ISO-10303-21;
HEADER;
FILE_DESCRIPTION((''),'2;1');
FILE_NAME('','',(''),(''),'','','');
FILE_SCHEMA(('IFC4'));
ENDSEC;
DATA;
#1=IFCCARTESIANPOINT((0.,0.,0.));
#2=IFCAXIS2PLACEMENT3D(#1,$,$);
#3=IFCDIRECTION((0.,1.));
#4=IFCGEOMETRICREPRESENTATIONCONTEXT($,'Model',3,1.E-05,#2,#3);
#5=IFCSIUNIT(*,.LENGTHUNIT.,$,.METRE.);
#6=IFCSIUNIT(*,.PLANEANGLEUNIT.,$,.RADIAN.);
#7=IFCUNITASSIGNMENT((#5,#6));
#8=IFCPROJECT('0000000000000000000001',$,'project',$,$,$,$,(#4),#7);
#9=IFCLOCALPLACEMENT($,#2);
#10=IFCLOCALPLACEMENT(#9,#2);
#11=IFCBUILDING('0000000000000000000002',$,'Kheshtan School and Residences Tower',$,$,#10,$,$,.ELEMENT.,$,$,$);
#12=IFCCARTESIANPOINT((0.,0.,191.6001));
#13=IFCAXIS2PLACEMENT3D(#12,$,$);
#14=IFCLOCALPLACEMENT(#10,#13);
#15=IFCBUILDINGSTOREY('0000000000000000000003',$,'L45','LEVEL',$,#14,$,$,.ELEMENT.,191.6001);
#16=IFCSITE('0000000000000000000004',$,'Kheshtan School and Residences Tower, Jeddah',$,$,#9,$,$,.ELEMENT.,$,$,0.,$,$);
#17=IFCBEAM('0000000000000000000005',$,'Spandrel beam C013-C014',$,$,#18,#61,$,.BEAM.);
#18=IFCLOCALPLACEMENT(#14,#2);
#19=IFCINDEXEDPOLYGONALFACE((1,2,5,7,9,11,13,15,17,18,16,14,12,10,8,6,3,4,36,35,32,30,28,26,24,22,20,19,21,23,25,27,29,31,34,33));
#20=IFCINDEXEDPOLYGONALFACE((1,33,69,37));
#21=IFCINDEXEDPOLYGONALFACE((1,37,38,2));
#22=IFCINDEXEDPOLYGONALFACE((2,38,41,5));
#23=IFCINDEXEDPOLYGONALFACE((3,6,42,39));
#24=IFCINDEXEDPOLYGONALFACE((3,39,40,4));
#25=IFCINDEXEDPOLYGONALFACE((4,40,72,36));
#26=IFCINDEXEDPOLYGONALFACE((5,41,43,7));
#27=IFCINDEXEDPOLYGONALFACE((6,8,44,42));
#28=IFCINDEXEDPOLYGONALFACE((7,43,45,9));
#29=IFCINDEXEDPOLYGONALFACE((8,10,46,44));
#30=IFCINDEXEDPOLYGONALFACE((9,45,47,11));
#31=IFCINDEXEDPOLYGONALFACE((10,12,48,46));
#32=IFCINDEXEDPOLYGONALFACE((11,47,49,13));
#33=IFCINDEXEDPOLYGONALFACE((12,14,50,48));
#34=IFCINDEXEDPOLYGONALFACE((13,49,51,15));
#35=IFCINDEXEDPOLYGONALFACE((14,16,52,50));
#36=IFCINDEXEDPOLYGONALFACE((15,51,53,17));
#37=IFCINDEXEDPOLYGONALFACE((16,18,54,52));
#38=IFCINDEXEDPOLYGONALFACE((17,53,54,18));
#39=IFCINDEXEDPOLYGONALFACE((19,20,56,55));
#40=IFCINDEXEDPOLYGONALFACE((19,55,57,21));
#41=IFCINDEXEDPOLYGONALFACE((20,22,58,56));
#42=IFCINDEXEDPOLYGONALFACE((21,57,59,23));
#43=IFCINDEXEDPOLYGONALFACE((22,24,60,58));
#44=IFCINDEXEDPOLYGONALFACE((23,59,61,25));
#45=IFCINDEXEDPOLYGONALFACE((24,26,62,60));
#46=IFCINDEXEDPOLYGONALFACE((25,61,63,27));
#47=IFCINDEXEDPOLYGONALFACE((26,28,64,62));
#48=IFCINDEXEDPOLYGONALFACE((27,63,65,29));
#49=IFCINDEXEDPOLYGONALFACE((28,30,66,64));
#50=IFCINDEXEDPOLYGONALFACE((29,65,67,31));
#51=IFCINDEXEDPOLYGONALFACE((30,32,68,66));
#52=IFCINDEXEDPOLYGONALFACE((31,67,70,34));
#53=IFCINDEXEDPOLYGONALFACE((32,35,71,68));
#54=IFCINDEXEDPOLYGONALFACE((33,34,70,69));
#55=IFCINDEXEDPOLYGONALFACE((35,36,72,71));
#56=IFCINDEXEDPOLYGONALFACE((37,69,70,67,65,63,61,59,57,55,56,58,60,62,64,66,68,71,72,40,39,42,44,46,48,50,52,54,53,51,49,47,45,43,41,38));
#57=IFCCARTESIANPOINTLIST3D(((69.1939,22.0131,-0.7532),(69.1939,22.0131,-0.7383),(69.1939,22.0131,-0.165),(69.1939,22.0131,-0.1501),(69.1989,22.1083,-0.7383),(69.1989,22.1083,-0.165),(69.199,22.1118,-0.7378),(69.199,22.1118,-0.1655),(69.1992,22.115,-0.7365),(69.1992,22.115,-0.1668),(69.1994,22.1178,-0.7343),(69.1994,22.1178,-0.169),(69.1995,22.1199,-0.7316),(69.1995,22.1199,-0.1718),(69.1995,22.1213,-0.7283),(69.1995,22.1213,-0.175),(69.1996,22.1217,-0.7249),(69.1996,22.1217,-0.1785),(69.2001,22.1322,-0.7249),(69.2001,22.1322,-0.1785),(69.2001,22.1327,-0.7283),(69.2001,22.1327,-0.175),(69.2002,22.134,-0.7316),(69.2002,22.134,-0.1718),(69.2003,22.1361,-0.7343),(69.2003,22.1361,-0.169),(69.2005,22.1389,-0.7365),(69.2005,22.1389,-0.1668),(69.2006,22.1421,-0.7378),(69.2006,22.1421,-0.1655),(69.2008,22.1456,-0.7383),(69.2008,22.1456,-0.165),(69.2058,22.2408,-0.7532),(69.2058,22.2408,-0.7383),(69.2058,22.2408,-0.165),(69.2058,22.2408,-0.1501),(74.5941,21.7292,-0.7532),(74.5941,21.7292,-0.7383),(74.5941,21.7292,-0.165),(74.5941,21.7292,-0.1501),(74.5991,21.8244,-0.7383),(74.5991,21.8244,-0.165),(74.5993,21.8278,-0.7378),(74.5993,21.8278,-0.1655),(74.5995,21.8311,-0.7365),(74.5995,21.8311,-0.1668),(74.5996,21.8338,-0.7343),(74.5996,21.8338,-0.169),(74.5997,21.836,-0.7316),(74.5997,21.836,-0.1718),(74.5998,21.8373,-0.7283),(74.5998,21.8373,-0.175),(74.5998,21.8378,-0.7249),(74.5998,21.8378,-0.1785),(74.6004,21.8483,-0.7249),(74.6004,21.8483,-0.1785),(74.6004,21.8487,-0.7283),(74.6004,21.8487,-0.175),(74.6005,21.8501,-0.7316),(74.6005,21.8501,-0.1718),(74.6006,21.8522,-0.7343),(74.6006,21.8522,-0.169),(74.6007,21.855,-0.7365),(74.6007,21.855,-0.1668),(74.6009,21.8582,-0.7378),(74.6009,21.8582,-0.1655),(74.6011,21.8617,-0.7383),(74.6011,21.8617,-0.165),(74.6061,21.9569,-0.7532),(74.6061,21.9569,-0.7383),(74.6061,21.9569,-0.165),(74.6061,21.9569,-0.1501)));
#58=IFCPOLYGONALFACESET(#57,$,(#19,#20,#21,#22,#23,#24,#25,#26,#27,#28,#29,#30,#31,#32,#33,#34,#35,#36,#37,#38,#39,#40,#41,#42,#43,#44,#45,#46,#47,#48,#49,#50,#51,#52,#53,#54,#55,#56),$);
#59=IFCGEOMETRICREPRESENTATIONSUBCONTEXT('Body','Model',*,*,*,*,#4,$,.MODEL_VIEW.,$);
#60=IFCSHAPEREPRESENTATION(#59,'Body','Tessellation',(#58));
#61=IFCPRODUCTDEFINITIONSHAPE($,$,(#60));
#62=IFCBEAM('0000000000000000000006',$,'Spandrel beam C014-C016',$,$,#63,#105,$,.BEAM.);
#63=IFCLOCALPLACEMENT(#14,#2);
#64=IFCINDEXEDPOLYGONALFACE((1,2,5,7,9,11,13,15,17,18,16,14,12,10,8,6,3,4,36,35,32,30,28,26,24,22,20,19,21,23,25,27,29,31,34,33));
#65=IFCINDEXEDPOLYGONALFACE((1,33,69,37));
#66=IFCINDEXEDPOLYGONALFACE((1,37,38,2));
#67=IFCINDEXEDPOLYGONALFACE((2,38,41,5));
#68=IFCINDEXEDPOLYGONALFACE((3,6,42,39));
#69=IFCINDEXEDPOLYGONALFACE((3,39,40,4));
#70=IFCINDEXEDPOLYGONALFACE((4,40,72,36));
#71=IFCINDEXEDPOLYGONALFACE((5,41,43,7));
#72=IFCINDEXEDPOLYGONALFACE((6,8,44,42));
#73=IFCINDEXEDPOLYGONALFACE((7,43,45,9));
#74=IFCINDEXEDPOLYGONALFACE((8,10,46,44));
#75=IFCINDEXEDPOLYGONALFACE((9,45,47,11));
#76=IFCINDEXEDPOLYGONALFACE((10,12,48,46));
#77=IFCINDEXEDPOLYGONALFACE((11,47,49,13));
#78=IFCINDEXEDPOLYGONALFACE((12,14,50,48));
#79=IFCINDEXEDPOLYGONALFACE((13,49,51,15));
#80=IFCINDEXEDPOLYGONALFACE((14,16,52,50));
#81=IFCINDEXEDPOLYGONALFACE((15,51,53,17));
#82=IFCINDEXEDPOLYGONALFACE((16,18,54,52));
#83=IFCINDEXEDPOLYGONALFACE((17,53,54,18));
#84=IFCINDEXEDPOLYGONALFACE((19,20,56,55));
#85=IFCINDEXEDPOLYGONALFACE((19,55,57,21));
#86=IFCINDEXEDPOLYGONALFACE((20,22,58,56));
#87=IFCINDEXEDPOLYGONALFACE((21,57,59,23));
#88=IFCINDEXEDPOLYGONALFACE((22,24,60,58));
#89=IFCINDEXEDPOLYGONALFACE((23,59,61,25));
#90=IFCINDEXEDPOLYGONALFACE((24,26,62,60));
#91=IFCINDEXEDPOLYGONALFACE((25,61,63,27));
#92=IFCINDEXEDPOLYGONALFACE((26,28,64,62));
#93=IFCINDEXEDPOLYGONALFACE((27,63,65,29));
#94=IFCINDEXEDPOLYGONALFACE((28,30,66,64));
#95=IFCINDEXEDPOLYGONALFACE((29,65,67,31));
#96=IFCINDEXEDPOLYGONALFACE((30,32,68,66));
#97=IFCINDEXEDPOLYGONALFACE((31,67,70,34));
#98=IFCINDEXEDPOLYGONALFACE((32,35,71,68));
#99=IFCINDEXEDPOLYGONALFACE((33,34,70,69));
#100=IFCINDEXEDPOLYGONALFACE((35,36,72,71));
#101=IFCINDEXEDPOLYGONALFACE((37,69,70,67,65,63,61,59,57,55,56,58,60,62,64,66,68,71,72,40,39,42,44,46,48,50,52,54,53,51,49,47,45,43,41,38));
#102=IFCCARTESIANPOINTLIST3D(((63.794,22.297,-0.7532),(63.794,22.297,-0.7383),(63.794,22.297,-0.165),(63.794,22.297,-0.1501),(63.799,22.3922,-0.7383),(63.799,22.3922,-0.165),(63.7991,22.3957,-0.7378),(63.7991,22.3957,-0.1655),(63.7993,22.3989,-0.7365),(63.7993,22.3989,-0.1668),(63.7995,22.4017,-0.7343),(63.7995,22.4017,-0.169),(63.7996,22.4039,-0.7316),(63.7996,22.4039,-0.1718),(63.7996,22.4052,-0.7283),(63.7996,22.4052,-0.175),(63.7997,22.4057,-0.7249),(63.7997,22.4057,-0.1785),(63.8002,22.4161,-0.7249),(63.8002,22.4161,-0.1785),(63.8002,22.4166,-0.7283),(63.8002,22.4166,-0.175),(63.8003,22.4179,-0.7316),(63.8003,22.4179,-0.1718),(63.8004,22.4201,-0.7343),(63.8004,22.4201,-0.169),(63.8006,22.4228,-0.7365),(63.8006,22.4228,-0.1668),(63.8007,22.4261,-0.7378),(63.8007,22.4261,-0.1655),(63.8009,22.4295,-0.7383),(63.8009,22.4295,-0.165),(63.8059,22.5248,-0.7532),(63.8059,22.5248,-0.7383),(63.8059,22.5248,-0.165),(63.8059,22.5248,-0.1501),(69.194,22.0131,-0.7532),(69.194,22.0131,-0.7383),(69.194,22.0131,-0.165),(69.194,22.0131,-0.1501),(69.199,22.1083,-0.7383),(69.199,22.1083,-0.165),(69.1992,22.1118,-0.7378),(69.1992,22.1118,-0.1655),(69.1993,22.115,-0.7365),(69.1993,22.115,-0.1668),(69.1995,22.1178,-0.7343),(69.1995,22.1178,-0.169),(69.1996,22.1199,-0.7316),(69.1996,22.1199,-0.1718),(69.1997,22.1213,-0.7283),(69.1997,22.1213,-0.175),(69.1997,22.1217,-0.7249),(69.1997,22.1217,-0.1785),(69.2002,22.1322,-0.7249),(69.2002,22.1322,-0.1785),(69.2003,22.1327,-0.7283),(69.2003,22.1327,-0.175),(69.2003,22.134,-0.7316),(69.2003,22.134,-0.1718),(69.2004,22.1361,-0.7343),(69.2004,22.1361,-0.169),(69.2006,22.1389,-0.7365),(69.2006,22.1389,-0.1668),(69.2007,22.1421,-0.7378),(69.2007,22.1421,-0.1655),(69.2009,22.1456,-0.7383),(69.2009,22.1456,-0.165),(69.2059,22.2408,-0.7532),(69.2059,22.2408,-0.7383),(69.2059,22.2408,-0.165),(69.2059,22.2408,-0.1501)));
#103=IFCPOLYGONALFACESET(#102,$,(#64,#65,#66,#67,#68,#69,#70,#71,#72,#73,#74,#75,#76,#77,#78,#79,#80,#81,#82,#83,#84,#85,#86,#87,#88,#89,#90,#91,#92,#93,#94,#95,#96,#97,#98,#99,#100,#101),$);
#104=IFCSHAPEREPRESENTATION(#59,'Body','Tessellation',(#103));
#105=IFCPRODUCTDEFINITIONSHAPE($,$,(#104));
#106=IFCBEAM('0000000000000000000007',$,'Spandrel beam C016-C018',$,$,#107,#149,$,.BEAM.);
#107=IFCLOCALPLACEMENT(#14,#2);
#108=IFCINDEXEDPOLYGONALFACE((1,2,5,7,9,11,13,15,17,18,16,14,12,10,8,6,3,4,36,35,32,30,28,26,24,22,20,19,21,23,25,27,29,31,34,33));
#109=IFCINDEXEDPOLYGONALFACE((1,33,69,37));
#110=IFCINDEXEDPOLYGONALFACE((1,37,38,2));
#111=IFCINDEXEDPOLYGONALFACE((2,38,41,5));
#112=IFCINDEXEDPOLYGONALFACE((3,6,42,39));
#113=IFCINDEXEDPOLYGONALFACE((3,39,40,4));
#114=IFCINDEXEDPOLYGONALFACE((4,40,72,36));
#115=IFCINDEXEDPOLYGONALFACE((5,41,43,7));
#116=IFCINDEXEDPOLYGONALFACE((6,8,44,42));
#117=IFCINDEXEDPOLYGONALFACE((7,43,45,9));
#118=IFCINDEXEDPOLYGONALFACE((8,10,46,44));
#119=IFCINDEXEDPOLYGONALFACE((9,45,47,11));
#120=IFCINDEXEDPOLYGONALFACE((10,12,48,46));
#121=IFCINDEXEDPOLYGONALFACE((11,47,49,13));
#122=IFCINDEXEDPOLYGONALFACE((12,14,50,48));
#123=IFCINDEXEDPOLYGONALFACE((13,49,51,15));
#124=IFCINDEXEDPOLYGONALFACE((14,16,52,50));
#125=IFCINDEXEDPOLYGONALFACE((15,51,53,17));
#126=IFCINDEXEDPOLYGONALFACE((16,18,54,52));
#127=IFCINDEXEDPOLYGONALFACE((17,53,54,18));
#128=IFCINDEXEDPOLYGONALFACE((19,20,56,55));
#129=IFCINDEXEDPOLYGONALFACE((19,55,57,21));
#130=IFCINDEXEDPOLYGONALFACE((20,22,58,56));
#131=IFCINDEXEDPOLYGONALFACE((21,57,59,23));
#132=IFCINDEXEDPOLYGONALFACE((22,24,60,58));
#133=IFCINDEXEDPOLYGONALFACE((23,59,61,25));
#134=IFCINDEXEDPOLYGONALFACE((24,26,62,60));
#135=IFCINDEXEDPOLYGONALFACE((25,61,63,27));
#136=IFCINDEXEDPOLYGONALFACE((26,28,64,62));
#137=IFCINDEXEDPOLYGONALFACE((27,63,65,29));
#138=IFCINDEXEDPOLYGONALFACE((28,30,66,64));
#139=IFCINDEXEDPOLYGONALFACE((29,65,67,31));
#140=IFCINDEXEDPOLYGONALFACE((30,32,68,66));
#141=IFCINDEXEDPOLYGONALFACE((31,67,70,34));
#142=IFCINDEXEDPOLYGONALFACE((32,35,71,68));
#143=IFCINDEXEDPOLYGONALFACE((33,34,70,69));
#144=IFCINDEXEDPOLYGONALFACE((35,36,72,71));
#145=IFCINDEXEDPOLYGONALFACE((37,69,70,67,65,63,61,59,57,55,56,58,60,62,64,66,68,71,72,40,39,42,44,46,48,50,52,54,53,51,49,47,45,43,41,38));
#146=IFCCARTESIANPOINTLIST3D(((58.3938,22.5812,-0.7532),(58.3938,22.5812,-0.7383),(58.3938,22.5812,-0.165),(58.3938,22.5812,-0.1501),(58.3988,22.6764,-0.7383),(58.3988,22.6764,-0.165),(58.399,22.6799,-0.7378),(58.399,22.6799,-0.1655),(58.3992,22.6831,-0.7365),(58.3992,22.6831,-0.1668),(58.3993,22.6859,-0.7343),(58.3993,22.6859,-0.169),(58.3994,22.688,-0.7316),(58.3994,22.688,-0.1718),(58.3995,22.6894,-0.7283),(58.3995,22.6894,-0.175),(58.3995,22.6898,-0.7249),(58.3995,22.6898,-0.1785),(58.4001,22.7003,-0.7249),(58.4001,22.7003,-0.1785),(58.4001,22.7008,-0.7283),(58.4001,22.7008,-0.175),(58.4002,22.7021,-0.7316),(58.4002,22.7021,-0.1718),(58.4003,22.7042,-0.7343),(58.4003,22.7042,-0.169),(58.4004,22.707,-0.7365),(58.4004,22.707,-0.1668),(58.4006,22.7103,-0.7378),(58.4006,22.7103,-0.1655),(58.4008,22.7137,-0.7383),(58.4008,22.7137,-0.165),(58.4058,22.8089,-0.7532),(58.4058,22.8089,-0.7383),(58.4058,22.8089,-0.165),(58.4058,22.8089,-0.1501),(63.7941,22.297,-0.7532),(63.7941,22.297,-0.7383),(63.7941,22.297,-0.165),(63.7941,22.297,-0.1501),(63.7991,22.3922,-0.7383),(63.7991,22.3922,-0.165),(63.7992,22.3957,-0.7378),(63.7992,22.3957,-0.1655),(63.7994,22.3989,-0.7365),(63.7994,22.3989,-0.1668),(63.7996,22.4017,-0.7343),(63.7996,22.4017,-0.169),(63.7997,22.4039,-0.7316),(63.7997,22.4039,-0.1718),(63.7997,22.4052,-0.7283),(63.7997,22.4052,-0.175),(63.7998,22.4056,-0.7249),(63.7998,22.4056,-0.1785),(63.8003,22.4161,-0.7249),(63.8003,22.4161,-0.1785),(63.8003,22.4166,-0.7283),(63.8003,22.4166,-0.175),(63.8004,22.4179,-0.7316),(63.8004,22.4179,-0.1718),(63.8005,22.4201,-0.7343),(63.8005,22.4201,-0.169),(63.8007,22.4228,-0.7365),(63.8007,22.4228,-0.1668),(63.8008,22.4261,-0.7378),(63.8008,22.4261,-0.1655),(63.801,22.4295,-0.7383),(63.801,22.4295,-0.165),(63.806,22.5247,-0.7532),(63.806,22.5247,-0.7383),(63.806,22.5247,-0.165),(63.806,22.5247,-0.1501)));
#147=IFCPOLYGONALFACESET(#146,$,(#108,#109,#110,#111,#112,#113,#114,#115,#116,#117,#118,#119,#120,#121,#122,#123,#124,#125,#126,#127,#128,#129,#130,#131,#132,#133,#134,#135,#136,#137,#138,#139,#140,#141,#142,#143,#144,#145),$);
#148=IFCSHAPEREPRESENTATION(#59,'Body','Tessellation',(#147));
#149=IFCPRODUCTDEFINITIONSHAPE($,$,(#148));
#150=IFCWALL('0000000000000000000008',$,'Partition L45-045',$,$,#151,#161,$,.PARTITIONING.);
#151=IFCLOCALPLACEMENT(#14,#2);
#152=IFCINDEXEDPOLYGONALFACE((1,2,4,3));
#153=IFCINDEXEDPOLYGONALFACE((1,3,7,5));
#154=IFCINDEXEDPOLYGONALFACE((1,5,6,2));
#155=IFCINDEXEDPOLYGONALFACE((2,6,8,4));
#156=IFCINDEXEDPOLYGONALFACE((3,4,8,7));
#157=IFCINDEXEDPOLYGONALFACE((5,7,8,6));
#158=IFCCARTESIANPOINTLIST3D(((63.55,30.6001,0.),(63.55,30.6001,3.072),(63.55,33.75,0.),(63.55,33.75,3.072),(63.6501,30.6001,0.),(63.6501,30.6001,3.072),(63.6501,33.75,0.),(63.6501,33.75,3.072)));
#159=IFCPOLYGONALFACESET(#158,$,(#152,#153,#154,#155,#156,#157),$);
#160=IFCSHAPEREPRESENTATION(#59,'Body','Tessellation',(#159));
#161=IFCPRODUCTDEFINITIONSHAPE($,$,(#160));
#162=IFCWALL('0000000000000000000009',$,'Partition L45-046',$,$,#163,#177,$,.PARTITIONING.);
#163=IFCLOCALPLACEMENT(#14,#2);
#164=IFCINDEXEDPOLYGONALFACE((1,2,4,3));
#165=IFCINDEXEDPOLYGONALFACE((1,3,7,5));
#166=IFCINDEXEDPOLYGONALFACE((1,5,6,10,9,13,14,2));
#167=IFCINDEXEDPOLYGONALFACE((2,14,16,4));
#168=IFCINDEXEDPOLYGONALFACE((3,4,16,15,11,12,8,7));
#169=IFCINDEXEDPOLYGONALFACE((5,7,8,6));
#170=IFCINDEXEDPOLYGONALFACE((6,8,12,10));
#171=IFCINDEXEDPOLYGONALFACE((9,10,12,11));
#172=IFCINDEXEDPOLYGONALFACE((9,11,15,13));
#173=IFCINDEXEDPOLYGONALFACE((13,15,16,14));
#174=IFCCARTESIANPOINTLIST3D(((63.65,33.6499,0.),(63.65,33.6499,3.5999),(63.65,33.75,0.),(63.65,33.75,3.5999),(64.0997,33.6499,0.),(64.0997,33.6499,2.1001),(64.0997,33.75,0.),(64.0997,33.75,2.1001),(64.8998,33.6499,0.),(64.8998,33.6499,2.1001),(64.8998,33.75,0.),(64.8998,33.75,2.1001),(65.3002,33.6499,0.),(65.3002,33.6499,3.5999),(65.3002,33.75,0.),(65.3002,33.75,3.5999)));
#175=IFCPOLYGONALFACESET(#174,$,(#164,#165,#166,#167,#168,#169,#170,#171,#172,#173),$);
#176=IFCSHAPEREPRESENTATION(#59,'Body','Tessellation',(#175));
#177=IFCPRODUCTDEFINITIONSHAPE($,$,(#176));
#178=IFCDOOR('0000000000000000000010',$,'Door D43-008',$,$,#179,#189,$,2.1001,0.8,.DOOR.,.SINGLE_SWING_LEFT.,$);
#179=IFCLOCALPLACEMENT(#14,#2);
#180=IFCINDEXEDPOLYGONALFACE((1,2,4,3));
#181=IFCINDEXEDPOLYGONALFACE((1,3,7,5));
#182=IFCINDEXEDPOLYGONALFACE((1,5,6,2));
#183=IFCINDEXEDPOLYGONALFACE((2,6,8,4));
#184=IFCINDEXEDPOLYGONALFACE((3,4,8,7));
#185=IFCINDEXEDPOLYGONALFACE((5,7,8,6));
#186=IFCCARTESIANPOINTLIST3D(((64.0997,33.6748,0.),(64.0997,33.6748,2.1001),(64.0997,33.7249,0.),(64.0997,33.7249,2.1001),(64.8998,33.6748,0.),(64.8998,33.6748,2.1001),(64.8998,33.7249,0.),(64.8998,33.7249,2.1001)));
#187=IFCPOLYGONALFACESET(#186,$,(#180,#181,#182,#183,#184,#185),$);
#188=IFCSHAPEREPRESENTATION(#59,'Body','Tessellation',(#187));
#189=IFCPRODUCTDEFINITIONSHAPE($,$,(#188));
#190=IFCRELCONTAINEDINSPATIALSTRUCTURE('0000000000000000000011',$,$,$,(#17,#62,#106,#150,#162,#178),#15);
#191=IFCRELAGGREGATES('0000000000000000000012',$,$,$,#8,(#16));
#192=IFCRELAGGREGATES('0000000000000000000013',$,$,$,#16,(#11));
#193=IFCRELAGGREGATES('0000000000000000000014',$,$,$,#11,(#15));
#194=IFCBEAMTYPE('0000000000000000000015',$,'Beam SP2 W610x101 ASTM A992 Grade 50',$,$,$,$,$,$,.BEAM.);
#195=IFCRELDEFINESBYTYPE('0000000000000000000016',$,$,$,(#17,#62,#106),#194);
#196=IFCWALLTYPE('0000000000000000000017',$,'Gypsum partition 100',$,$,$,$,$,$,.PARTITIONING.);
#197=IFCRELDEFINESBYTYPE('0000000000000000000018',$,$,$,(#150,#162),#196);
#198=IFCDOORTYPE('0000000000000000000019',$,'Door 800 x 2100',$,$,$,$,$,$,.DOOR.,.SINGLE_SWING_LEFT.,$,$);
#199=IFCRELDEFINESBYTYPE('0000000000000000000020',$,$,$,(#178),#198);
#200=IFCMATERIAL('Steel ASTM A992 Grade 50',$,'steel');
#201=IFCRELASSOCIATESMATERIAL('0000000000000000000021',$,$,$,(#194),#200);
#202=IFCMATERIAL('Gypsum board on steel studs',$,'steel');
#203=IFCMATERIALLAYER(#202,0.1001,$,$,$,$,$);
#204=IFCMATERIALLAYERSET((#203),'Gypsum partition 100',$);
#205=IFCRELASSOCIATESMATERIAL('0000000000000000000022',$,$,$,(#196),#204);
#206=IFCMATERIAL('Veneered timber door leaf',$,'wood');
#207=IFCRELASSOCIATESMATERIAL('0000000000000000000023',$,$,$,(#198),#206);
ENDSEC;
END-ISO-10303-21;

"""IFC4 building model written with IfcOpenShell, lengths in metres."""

from ifc_helpers import new_model, si_unit, direction, frame, frame_2d, origin, origin_2d, place, context, subcontext, project, spatial, rectangle, i_section, extrude, source, transform, mapped, material, layer, layer_set, material_profile, profile_set, type_object, element, fill, save


model = new_model("IFC4")

# Units and contexts
model_context = context("Model", 3, precision=1e-05, world=origin(), true_north=direction((0.0, 1.0)))
body_context = subcontext(model_context, "Body", "Model", "MODEL_VIEW")
ifc_project = project(units=[si_unit("LENGTHUNIT", "METRE"), si_unit("PLANEANGLEUNIT", "RADIAN")], contexts=[model_context])

# Site, building, storey
site_placement = place(None, origin())
site = spatial("IfcSite", under=ifc_project, at=site_placement, Name="Kheshtan School and Residences Tower, Jeddah", CompositionType="ELEMENT", RefElevation=0.0)
building_placement = place(site_placement, origin())
building = spatial("IfcBuilding", under=site, at=building_placement, Name="Kheshtan School and Residences Tower", CompositionType="ELEMENT")
storey_placement = place(building_placement, frame((0.0, 0.0, 191.6001)))
storey = spatial("IfcBuildingStorey", under=building, at=storey_placement, Name="L45", Description="LEVEL", CompositionType="ELEMENT", Elevation=191.6001)

# Shared definitions
ifc_material_1 = material(Name="Steel ASTM A992 Grade 50", Category="steel")

# Beams
ifc_material_profile_1 = material_profile(ifc_material_1, i_section(OverallWidth=0.228, OverallDepth=0.603, WebThickness=0.0105, FlangeThickness=0.0149, FilletRadius=0.0134, at=origin_2d()), Name="W610x101")
ifc_profile_set_1 = profile_set([ifc_material_profile_1], Name="Steel ASTM A992 Grade 50")
beam_type_1 = type_object("IfcBeamType", Name="Beam SP2 W610x101 ASTM A992 Grade 50", PredefinedType="BEAM", material=ifc_profile_set_1)
beam_1_placement = place(storey_placement, frame((74.6001, 21.843, -0.4517), z_axis=(-0.998621, 0.052507, 0.0), x_axis=(-0.052507, -0.998621, 0.0)))
element("IfcBeam", 1, at=beam_1_placement, inside=storey, type_object=beam_type_1, Name="Spandrel beam C013-C014", PredefinedType="BEAM", context=body_context, shape_type="SweptSolid", body=[
    extrude(i_section(OverallWidth=0.228, OverallDepth=0.603, WebThickness=0.0105, FlangeThickness=0.0149, FilletRadius=0.0134, at=origin_2d()), origin(), (0.0, 0.0, 1.0), 5.4077),
])
beam_2_placement = place(storey_placement, frame((69.2, 22.127, -0.4517), z_axis=(-0.99862, 0.052509, 0.0), x_axis=(-0.052509, -0.99862, 0.0)))
element("IfcBeam", 2, at=beam_2_placement, inside=storey, type_object=beam_type_1, Name="Spandrel beam C014-C016", PredefinedType="BEAM", context=body_context, shape_type="SweptSolid", body=[
    extrude(i_section(OverallWidth=0.228, OverallDepth=0.603, WebThickness=0.0105, FlangeThickness=0.0149, FilletRadius=0.0134, at=origin_2d()), origin(), (0.0, 0.0, 1.0), 5.4075),
])
beam_3_placement = place(storey_placement, frame((63.8, 22.4109, -0.4517), z_axis=(-0.998618, 0.052552, 0.0), x_axis=(-0.052552, -0.998618, 0.0)))
element("IfcBeam", 3, at=beam_3_placement, inside=storey, type_object=beam_type_1, Name="Spandrel beam C016-C018", PredefinedType="BEAM", context=body_context, shape_type="SweptSolid", body=[
    extrude(i_section(OverallWidth=0.228, OverallDepth=0.603, WebThickness=0.0105, FlangeThickness=0.0149, FilletRadius=0.0134, at=origin_2d()), origin(), (0.0, 0.0, 1.0), 5.4077),
])

# Wall
ifc_material_2 = material(Name="Gypsum board on steel studs", Category="steel")
ifc_layer_1 = layer(ifc_material_2, 0.1001)
ifc_layer_set_1 = layer_set([ifc_layer_1], Name="Gypsum partition 100")
wall_type_1 = type_object("IfcWallType", Name="Gypsum partition 100", PredefinedType="PARTITIONING", material=ifc_layer_set_1)
wall_1_placement = place(storey_placement, frame((63.6001, 30.6001, 0.0), z_axis=(0.0, 0.0, 1.0), x_axis=(0.0, 1.0, 0.0)))
element("IfcWall", 4, at=wall_1_placement, inside=storey, type_object=wall_type_1, Name="Partition L45-045", PredefinedType="PARTITIONING", context=body_context, shape_type="SweptSolid", body=[
    extrude(rectangle(XDim=3.1499, YDim=0.1001, at=frame_2d((1.575, 0.0))), origin(), (0.0, 0.0, 1.0), 3.072),
])

# Wall, opening, door
wall_2_placement = place(storey_placement, frame((63.6499, 33.7, 0.0), z_axis=(0.0, 0.0, 1.0), x_axis=(1.0, 0.0, 0.0)))
wall_2 = element("IfcWall", 5, at=wall_2_placement, inside=storey, type_object=wall_type_1, Name="Partition L45-046", PredefinedType="PARTITIONING", context=body_context, shape_type="SweptSolid", body=[
    extrude(rectangle(XDim=1.6501, YDim=0.1001, at=frame_2d((0.8252, 0.0))), origin(), (0.0, 0.0, 1.0), 3.5999),
])
opening_1_placement = place(wall_2_placement, frame((0.45, 0.0, 0.0)))
opening_1 = element("IfcOpeningElement", 6, at=opening_1_placement, cuts=wall_2, PredefinedType="OPENING", context=body_context, shape_type="SweptSolid", body=[
    extrude(rectangle(XDim=0.8, YDim=2.1001, at=frame_2d((0.3999, 1.05))), frame((0.0, 0.0601, 0.0), z_axis=(0.0, -1.0, 0.0), x_axis=(1.0, 0.0, 0.0)), (0.0, 0.0, 1.0), 0.1201),
])
ifc_material_3 = material(Name="Veneered timber door leaf", Category="wood")
door_type_1 = type_object("IfcDoorType", Name="Door 800 x 2100", OperationType="SINGLE_SWING_LEFT", PredefinedType="DOOR", material=ifc_material_3)
shared_shape_1 = source(origin(), body_context, "Body", "SweptSolid", [
    extrude(rectangle(XDim=0.8, YDim=2.1001, at=frame_2d((0.3999, 1.05))), frame((0.0, 0.0249, 0.0), z_axis=(0.0, -1.0, 0.0), x_axis=(1.0, 0.0, 0.0)), (0.0, 0.0, 1.0), 0.05),
])
door_1_placement = place(opening_1_placement, origin())
door_1 = element("IfcDoor", 7, at=door_1_placement, inside=storey, type_object=door_type_1, Name="Door D43-008", OperationType="SINGLE_SWING_LEFT", OverallHeight=2.1001, OverallWidth=0.8, PredefinedType="DOOR", context=body_context, shape_type="MappedRepresentation", body=[
    mapped(shared_shape_1, transform((0.0, 0.0, 0.0), x_axis=(1.0, 0.0, 0.0), y_axis=(0.0, 1.0, 0.0), z_axis=(0.0, 0.0, 1.0), scale=1.0)),
])
fill(opening_1, door_1)

save(model, "model.ifc")
